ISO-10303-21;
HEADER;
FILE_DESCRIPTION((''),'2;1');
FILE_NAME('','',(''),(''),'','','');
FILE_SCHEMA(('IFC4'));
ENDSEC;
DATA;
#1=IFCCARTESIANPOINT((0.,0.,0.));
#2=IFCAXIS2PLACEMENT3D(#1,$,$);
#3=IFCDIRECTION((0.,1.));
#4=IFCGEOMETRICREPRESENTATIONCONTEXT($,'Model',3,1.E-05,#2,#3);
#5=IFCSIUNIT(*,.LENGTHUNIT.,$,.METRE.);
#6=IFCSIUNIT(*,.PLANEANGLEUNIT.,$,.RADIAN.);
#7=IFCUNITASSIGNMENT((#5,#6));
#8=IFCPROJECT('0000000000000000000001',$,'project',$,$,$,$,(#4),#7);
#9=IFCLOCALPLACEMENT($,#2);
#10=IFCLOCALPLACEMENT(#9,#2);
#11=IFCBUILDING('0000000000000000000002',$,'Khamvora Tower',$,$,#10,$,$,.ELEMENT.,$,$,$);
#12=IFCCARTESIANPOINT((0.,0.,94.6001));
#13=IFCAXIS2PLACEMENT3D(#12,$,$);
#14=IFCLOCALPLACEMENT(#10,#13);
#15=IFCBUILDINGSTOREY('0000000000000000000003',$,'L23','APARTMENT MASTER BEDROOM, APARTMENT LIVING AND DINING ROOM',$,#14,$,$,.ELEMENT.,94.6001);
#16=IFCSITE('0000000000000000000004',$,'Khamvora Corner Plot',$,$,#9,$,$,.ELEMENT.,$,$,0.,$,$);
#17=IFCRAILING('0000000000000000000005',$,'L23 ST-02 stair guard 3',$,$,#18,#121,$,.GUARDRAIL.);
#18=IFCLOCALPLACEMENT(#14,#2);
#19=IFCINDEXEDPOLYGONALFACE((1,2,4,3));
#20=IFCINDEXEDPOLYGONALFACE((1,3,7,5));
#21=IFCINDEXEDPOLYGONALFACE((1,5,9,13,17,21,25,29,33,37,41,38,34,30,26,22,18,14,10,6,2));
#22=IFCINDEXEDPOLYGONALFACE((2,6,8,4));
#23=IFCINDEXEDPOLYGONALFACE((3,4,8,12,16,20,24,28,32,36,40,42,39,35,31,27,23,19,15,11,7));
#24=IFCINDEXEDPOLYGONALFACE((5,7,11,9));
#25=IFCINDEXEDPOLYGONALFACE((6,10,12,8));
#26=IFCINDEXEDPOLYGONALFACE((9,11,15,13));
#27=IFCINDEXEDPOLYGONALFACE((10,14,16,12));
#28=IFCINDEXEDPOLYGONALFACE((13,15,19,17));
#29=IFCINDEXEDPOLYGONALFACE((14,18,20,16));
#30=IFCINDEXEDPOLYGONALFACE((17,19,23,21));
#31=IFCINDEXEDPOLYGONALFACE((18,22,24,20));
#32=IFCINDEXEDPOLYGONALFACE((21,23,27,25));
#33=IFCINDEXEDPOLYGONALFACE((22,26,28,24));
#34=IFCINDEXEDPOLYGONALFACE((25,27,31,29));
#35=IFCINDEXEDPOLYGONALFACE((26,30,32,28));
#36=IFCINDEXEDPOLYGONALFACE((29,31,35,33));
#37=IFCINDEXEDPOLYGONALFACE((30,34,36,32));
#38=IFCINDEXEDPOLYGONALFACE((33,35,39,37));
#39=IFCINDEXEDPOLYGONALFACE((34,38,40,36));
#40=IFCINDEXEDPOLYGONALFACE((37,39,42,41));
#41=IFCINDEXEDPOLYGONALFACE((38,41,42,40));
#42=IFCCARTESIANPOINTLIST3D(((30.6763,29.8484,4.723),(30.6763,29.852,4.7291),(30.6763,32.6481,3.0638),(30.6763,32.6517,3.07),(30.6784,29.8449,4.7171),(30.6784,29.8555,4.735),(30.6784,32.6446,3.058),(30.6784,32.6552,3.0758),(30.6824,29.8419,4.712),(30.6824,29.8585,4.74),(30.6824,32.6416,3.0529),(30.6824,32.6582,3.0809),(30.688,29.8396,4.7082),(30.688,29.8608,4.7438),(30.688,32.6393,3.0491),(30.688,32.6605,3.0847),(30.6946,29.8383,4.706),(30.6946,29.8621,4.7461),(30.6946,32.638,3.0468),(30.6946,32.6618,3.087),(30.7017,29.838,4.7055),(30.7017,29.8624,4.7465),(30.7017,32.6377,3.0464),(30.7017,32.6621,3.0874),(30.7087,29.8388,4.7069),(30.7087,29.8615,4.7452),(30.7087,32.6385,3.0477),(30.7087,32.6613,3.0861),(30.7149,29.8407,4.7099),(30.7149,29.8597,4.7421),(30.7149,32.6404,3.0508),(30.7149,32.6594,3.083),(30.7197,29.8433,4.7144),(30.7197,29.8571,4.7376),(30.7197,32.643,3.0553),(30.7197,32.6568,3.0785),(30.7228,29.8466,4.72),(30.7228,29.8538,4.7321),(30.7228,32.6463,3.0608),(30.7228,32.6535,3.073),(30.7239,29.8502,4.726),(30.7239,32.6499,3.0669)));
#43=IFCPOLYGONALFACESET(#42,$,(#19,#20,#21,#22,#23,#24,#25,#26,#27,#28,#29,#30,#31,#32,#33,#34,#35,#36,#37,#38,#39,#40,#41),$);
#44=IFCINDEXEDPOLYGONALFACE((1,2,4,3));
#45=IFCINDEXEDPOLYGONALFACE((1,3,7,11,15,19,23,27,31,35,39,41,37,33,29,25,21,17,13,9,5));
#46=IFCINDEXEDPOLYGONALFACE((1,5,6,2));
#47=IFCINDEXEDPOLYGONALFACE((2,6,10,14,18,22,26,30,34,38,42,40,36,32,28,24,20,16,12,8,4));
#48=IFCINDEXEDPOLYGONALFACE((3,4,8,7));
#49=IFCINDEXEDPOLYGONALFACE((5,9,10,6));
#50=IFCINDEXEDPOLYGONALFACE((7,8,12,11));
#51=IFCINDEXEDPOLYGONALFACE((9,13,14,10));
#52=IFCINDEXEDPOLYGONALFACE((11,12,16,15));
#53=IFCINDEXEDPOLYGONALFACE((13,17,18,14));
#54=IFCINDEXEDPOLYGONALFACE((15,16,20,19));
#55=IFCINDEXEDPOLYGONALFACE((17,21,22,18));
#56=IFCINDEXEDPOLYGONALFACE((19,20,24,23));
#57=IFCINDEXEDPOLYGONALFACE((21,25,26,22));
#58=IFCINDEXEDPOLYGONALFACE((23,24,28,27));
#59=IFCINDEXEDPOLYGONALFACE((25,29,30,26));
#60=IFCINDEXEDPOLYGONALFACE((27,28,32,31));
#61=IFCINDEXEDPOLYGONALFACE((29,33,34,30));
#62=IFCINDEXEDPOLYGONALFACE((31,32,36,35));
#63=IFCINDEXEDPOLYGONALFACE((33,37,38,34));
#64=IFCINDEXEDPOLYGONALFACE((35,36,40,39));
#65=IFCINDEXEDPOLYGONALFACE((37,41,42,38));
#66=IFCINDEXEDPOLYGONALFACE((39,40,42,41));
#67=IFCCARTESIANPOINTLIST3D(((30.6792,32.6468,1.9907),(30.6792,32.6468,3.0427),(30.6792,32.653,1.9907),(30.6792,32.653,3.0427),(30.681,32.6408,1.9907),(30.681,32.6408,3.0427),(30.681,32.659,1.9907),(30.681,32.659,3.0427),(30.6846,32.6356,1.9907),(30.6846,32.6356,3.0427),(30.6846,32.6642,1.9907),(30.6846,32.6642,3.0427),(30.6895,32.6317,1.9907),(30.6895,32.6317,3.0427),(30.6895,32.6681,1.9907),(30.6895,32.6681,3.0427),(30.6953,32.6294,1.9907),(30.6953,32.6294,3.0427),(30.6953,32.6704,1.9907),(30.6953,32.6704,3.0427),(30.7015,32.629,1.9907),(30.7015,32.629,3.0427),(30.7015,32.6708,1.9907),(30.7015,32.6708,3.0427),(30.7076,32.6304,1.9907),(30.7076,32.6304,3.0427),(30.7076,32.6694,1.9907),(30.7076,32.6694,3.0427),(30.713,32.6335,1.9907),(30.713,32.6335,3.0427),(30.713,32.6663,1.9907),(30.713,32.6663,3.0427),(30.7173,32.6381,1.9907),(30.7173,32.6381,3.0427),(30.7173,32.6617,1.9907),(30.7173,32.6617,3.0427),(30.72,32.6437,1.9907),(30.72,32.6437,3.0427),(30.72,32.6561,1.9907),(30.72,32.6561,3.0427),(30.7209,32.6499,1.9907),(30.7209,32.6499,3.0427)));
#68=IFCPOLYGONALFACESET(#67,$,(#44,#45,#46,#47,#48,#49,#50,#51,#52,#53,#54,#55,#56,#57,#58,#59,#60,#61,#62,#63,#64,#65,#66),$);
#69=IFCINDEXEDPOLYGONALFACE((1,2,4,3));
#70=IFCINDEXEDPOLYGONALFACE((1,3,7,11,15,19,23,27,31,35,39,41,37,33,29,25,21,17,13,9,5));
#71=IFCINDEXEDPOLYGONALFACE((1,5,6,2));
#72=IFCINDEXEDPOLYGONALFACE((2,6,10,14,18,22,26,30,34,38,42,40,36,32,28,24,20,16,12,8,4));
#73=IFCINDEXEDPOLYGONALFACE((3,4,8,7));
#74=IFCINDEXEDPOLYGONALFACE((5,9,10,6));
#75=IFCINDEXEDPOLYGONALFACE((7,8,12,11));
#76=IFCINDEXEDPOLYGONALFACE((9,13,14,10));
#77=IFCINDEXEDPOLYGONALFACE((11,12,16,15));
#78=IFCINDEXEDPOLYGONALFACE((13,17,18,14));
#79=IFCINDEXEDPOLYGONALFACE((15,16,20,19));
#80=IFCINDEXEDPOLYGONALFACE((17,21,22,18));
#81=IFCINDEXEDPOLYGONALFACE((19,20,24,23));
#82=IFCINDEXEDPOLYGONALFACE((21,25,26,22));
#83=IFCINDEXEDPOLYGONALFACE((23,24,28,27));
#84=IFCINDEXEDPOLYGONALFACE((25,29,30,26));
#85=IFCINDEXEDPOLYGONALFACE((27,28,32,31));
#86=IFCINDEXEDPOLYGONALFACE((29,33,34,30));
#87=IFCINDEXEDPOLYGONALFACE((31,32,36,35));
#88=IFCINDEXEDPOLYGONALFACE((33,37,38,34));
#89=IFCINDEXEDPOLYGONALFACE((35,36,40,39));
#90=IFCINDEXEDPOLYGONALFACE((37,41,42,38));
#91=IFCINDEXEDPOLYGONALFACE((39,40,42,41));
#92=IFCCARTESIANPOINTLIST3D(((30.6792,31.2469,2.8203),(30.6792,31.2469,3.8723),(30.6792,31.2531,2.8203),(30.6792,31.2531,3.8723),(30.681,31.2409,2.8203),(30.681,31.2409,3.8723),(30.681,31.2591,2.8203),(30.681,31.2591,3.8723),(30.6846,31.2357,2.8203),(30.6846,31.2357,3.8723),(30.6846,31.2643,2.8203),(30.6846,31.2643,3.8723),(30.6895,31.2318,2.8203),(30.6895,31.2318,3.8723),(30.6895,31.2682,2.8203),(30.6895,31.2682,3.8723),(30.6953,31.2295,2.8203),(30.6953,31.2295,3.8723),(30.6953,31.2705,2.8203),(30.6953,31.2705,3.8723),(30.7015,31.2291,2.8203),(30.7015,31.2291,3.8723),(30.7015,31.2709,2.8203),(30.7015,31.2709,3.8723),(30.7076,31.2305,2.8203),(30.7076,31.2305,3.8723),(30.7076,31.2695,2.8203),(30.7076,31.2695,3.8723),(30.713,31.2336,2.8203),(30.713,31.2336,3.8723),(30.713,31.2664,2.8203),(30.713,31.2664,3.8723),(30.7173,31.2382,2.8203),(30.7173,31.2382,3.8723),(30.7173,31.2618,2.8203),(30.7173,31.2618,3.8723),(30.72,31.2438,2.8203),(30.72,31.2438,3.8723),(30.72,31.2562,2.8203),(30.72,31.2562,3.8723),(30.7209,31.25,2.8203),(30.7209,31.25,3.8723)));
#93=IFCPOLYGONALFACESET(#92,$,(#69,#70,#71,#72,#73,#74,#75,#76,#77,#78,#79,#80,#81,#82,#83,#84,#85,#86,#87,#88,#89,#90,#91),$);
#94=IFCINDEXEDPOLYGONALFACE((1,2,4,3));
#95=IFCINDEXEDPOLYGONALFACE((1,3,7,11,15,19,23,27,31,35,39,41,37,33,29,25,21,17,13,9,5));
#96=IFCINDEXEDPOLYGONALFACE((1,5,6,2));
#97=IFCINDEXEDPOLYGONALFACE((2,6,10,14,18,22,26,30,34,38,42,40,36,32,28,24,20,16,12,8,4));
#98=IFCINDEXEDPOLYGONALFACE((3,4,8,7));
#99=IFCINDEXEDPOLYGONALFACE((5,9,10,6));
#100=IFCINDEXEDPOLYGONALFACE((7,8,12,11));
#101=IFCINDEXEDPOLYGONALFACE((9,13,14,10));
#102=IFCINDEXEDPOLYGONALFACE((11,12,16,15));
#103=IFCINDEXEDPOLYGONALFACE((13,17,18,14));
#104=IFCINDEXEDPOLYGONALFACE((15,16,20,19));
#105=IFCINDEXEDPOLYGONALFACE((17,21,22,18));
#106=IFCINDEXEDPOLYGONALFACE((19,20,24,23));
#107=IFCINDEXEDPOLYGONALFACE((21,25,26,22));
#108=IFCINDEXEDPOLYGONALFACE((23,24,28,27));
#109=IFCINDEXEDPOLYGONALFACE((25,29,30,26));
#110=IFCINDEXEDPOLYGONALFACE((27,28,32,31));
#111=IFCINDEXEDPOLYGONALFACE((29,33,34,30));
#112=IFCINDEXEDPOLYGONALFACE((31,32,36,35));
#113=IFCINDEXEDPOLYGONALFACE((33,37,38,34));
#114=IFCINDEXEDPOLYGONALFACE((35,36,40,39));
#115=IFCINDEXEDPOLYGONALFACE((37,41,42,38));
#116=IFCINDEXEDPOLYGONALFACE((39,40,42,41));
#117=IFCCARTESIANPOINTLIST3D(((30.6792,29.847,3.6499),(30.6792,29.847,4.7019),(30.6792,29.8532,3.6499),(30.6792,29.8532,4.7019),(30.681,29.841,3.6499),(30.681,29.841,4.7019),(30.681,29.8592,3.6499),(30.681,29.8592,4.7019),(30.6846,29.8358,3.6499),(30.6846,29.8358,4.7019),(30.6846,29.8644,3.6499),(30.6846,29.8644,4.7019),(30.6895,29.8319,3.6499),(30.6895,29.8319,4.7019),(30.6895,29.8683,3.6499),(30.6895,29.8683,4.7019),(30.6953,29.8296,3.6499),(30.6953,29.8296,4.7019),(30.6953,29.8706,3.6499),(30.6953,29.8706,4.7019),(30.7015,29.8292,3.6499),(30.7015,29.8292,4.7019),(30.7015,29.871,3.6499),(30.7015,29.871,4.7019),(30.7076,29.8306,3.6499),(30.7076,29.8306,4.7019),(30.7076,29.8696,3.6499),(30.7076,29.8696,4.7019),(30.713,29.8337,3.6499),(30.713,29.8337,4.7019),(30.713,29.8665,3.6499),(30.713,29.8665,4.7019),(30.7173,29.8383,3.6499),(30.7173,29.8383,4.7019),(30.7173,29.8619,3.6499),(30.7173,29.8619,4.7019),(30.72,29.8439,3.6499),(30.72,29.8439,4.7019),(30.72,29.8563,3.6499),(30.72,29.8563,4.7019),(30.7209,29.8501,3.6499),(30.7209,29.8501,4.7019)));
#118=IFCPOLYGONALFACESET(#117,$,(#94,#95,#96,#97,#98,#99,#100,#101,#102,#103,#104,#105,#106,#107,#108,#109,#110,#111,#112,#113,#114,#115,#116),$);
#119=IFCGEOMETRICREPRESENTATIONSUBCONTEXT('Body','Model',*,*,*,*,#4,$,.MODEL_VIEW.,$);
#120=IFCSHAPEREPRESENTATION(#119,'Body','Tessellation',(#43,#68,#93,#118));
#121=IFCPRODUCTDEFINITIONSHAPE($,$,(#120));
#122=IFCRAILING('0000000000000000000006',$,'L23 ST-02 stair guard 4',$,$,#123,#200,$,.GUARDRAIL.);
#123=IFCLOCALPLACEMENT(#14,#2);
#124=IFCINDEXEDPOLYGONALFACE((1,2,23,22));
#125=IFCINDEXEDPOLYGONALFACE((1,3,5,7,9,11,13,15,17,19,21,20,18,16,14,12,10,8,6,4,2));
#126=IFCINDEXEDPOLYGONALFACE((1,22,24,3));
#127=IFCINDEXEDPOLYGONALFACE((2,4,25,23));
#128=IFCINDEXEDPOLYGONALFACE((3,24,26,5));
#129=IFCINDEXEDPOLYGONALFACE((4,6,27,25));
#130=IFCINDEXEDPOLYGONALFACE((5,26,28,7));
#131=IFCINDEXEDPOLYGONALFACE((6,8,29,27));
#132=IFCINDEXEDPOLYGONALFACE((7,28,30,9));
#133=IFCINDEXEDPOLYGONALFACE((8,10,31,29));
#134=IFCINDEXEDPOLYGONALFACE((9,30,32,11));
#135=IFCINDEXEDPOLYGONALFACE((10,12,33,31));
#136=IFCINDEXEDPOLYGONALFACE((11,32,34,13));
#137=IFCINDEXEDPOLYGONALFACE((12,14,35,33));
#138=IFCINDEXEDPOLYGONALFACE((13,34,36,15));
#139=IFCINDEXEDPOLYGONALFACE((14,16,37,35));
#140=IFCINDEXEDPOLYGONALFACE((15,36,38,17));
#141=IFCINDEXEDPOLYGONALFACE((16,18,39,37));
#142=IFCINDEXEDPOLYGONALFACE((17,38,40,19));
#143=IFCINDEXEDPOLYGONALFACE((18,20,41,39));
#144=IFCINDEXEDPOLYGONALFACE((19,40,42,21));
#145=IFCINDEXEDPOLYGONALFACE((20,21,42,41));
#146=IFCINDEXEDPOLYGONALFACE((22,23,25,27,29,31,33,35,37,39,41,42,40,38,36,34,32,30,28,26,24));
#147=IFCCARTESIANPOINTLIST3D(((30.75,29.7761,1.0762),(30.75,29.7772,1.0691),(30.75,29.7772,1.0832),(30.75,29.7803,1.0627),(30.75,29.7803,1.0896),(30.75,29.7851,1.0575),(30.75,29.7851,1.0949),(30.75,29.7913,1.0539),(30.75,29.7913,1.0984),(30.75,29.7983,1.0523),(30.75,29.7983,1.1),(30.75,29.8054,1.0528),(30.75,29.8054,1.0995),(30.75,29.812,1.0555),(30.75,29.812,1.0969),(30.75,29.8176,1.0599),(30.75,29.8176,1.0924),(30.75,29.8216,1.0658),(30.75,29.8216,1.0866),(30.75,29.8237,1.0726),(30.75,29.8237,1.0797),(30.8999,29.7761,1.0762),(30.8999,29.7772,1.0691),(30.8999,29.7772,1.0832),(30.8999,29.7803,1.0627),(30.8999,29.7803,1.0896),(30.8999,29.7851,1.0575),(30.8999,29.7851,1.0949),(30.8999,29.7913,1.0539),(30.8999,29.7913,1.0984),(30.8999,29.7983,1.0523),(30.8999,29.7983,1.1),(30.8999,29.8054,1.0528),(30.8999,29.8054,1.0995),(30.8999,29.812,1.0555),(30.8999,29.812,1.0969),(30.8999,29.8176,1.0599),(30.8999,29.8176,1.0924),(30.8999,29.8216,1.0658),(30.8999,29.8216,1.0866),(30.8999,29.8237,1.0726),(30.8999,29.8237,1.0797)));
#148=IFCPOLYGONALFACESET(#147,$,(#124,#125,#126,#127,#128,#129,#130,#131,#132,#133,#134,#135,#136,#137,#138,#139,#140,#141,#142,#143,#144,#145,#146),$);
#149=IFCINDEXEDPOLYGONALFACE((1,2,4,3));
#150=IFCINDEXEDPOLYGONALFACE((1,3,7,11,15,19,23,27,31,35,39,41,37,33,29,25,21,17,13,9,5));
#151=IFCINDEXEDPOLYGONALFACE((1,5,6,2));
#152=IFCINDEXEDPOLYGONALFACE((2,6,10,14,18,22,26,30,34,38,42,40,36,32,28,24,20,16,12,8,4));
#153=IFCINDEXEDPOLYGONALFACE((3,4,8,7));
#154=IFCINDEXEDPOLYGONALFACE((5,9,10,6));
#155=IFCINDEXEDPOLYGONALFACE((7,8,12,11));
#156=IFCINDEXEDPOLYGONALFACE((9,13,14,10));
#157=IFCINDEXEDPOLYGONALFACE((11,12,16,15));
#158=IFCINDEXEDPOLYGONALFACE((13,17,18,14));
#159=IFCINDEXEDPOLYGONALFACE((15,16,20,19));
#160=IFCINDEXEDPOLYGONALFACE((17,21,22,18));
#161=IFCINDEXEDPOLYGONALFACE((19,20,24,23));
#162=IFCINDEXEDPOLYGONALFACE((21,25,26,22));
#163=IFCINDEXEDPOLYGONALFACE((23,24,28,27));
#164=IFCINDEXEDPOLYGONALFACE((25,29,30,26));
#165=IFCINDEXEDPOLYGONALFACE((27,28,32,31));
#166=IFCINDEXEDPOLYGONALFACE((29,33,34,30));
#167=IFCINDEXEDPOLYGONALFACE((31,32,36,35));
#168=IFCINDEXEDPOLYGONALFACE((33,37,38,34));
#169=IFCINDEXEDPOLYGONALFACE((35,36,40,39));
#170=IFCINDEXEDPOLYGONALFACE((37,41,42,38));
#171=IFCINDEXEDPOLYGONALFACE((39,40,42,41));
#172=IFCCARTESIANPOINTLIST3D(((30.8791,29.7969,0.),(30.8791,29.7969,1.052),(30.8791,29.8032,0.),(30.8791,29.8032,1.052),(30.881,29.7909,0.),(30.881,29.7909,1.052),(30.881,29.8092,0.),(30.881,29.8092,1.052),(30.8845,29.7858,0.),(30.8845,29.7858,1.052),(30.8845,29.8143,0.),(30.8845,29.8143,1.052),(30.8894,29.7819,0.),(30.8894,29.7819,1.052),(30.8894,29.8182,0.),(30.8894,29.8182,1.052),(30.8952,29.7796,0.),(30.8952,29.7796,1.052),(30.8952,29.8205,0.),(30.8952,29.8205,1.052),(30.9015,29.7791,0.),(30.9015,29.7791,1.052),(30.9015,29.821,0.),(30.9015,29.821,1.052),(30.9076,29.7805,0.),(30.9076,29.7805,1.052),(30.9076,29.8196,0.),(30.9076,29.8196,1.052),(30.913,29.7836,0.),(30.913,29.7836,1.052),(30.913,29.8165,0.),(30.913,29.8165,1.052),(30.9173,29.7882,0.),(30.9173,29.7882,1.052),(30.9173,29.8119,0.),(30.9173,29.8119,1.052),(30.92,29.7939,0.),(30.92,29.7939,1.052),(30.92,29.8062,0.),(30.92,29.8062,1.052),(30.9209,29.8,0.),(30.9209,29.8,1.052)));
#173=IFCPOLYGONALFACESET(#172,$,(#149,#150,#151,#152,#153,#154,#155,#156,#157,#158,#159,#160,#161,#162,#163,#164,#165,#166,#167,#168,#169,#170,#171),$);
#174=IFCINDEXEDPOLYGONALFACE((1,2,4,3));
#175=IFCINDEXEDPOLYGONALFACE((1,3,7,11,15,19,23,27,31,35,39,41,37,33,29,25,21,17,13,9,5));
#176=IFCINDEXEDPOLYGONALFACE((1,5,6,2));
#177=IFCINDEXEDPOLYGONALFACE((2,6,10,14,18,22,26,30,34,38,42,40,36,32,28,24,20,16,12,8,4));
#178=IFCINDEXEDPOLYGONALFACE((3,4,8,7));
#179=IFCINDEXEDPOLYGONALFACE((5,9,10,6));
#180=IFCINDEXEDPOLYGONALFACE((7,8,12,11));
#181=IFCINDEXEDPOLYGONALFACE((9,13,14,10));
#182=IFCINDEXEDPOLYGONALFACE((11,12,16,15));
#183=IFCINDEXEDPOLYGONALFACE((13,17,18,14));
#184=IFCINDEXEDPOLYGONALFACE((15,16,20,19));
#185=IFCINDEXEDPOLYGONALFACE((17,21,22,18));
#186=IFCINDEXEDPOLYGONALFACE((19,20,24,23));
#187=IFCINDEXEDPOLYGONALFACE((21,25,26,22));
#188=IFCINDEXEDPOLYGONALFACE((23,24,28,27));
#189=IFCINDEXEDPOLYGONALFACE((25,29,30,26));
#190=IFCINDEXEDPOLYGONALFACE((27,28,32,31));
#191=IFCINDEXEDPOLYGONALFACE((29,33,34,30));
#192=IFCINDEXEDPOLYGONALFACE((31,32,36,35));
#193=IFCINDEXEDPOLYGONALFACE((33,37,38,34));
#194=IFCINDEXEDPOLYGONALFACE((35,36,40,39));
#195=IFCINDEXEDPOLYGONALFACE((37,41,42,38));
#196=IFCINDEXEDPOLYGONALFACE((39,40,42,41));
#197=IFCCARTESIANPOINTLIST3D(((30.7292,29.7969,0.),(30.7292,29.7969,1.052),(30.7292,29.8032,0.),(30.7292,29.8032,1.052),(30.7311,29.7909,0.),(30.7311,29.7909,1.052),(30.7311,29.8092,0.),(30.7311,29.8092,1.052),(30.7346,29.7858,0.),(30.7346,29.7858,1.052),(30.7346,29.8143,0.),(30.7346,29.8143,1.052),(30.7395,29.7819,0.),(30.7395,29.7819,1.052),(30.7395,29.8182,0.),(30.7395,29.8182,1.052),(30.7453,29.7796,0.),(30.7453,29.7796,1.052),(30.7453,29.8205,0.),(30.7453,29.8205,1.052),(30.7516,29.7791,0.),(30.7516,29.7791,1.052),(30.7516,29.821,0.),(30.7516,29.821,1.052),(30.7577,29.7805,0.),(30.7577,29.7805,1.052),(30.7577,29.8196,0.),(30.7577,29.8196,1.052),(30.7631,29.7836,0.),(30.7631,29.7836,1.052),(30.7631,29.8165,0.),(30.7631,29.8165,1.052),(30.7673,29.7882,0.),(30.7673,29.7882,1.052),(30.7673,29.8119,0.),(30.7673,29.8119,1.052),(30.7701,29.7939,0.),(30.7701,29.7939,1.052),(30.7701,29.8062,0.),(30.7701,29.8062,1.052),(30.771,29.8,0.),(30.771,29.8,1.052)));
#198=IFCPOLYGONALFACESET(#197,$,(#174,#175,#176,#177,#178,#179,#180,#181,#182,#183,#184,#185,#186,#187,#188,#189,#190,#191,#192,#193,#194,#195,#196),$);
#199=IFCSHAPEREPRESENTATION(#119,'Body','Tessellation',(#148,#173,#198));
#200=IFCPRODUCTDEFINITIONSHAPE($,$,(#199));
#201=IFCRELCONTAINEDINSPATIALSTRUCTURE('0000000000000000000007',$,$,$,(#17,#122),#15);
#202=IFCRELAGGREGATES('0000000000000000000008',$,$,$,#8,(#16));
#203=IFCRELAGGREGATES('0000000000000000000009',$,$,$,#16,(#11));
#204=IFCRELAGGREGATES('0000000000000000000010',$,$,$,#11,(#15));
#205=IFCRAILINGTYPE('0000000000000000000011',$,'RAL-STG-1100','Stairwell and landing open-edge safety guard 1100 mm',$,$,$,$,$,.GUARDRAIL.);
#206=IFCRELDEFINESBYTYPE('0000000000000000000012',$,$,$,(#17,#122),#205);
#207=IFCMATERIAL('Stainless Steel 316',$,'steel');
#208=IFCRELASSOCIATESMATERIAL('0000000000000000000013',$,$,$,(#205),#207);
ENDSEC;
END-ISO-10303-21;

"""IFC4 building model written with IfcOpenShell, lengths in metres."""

from ifc_helpers import new_model, si_unit, direction, frame, origin, origin_2d, place, context, subcontext, project, spatial, circle, extrude, material, type_object, element, save


model = new_model("IFC4")

# Units and contexts
model_context = context("Model", 3, precision=1e-05, world=origin(), true_north=direction((0.0, 1.0)))
body_context = subcontext(model_context, "Body", "Model", "MODEL_VIEW")
ifc_project = project(units=[si_unit("LENGTHUNIT", "METRE"), si_unit("PLANEANGLEUNIT", "RADIAN")], contexts=[model_context])

# Site, building, storey
site_placement = place(None, origin())
site = spatial("IfcSite", under=ifc_project, at=site_placement, Name="Khamvora Corner Plot", CompositionType="ELEMENT", RefElevation=0.0)
building_placement = place(site_placement, origin())
building = spatial("IfcBuilding", under=site, at=building_placement, Name="Khamvora Tower", CompositionType="ELEMENT")
storey_placement = place(building_placement, frame((0.0, 0.0, 94.6001)))
storey = spatial("IfcBuildingStorey", under=building, at=storey_placement, Name="L23", Description="APARTMENT MASTER BEDROOM, APARTMENT LIVING AND DINING ROOM", CompositionType="ELEMENT", Elevation=94.6001)

# Railings
ifc_material_1 = material(Name="Stainless Steel 316", Category="steel")
railing_type_1 = type_object("IfcRailingType", Name="RAL-STG-1100", Description="Stairwell and landing open-edge safety guard 1100 mm", PredefinedType="GUARDRAIL", material=ifc_material_1)
railing_1_placement = place(storey_placement, frame((30.7, 32.6499, 1.9907)))
element("IfcRailing", 1, at=railing_1_placement, inside=storey, type_object=railing_type_1, Name="L23 ST-02 stair guard 3", PredefinedType="GUARDRAIL", context=body_context, shape_type="SweptSolid", body=[
    extrude(circle(Radius=0.0239, at=origin_2d()), frame((0.0, 0.0, 1.0762), z_axis=(0.0, -0.860287, 0.509811), x_axis=(1.0, 0.0, 0.0)), (0.0, 0.0, 1.0), 3.2544),
    extrude(circle(Radius=0.021, at=origin_2d()), origin(), (0.0, 0.0, 1.0), 1.052),
    extrude(circle(Radius=0.021, at=origin_2d()), frame((0.0, -1.3999, 0.8296)), (0.0, 0.0, 1.0), 1.052),
    extrude(circle(Radius=0.021, at=origin_2d()), frame((0.0, -2.7998, 1.6592)), (0.0, 0.0, 1.0), 1.052),
])
railing_2_placement = place(storey_placement, frame((30.8999, 29.8, 0.0)))
element("IfcRailing", 2, at=railing_2_placement, inside=storey, type_object=railing_type_1, Name="L23 ST-02 stair guard 4", PredefinedType="GUARDRAIL", context=body_context, shape_type="SweptSolid", body=[
    extrude(circle(Radius=0.0239, at=origin_2d()), frame((0.0, 0.0, 1.0762), z_axis=(-1.0, 0.0, 0.0), x_axis=(0.0, -1.0, 0.0)), (0.0, 0.0, 1.0), 0.1499),
    extrude(circle(Radius=0.021, at=origin_2d()), origin(), (0.0, 0.0, 1.0), 1.052),
    extrude(circle(Radius=0.021, at=origin_2d()), frame((-0.1499, 0.0, 0.0)), (0.0, 0.0, 1.0), 1.052),
])

save(model, "model.ifc")
